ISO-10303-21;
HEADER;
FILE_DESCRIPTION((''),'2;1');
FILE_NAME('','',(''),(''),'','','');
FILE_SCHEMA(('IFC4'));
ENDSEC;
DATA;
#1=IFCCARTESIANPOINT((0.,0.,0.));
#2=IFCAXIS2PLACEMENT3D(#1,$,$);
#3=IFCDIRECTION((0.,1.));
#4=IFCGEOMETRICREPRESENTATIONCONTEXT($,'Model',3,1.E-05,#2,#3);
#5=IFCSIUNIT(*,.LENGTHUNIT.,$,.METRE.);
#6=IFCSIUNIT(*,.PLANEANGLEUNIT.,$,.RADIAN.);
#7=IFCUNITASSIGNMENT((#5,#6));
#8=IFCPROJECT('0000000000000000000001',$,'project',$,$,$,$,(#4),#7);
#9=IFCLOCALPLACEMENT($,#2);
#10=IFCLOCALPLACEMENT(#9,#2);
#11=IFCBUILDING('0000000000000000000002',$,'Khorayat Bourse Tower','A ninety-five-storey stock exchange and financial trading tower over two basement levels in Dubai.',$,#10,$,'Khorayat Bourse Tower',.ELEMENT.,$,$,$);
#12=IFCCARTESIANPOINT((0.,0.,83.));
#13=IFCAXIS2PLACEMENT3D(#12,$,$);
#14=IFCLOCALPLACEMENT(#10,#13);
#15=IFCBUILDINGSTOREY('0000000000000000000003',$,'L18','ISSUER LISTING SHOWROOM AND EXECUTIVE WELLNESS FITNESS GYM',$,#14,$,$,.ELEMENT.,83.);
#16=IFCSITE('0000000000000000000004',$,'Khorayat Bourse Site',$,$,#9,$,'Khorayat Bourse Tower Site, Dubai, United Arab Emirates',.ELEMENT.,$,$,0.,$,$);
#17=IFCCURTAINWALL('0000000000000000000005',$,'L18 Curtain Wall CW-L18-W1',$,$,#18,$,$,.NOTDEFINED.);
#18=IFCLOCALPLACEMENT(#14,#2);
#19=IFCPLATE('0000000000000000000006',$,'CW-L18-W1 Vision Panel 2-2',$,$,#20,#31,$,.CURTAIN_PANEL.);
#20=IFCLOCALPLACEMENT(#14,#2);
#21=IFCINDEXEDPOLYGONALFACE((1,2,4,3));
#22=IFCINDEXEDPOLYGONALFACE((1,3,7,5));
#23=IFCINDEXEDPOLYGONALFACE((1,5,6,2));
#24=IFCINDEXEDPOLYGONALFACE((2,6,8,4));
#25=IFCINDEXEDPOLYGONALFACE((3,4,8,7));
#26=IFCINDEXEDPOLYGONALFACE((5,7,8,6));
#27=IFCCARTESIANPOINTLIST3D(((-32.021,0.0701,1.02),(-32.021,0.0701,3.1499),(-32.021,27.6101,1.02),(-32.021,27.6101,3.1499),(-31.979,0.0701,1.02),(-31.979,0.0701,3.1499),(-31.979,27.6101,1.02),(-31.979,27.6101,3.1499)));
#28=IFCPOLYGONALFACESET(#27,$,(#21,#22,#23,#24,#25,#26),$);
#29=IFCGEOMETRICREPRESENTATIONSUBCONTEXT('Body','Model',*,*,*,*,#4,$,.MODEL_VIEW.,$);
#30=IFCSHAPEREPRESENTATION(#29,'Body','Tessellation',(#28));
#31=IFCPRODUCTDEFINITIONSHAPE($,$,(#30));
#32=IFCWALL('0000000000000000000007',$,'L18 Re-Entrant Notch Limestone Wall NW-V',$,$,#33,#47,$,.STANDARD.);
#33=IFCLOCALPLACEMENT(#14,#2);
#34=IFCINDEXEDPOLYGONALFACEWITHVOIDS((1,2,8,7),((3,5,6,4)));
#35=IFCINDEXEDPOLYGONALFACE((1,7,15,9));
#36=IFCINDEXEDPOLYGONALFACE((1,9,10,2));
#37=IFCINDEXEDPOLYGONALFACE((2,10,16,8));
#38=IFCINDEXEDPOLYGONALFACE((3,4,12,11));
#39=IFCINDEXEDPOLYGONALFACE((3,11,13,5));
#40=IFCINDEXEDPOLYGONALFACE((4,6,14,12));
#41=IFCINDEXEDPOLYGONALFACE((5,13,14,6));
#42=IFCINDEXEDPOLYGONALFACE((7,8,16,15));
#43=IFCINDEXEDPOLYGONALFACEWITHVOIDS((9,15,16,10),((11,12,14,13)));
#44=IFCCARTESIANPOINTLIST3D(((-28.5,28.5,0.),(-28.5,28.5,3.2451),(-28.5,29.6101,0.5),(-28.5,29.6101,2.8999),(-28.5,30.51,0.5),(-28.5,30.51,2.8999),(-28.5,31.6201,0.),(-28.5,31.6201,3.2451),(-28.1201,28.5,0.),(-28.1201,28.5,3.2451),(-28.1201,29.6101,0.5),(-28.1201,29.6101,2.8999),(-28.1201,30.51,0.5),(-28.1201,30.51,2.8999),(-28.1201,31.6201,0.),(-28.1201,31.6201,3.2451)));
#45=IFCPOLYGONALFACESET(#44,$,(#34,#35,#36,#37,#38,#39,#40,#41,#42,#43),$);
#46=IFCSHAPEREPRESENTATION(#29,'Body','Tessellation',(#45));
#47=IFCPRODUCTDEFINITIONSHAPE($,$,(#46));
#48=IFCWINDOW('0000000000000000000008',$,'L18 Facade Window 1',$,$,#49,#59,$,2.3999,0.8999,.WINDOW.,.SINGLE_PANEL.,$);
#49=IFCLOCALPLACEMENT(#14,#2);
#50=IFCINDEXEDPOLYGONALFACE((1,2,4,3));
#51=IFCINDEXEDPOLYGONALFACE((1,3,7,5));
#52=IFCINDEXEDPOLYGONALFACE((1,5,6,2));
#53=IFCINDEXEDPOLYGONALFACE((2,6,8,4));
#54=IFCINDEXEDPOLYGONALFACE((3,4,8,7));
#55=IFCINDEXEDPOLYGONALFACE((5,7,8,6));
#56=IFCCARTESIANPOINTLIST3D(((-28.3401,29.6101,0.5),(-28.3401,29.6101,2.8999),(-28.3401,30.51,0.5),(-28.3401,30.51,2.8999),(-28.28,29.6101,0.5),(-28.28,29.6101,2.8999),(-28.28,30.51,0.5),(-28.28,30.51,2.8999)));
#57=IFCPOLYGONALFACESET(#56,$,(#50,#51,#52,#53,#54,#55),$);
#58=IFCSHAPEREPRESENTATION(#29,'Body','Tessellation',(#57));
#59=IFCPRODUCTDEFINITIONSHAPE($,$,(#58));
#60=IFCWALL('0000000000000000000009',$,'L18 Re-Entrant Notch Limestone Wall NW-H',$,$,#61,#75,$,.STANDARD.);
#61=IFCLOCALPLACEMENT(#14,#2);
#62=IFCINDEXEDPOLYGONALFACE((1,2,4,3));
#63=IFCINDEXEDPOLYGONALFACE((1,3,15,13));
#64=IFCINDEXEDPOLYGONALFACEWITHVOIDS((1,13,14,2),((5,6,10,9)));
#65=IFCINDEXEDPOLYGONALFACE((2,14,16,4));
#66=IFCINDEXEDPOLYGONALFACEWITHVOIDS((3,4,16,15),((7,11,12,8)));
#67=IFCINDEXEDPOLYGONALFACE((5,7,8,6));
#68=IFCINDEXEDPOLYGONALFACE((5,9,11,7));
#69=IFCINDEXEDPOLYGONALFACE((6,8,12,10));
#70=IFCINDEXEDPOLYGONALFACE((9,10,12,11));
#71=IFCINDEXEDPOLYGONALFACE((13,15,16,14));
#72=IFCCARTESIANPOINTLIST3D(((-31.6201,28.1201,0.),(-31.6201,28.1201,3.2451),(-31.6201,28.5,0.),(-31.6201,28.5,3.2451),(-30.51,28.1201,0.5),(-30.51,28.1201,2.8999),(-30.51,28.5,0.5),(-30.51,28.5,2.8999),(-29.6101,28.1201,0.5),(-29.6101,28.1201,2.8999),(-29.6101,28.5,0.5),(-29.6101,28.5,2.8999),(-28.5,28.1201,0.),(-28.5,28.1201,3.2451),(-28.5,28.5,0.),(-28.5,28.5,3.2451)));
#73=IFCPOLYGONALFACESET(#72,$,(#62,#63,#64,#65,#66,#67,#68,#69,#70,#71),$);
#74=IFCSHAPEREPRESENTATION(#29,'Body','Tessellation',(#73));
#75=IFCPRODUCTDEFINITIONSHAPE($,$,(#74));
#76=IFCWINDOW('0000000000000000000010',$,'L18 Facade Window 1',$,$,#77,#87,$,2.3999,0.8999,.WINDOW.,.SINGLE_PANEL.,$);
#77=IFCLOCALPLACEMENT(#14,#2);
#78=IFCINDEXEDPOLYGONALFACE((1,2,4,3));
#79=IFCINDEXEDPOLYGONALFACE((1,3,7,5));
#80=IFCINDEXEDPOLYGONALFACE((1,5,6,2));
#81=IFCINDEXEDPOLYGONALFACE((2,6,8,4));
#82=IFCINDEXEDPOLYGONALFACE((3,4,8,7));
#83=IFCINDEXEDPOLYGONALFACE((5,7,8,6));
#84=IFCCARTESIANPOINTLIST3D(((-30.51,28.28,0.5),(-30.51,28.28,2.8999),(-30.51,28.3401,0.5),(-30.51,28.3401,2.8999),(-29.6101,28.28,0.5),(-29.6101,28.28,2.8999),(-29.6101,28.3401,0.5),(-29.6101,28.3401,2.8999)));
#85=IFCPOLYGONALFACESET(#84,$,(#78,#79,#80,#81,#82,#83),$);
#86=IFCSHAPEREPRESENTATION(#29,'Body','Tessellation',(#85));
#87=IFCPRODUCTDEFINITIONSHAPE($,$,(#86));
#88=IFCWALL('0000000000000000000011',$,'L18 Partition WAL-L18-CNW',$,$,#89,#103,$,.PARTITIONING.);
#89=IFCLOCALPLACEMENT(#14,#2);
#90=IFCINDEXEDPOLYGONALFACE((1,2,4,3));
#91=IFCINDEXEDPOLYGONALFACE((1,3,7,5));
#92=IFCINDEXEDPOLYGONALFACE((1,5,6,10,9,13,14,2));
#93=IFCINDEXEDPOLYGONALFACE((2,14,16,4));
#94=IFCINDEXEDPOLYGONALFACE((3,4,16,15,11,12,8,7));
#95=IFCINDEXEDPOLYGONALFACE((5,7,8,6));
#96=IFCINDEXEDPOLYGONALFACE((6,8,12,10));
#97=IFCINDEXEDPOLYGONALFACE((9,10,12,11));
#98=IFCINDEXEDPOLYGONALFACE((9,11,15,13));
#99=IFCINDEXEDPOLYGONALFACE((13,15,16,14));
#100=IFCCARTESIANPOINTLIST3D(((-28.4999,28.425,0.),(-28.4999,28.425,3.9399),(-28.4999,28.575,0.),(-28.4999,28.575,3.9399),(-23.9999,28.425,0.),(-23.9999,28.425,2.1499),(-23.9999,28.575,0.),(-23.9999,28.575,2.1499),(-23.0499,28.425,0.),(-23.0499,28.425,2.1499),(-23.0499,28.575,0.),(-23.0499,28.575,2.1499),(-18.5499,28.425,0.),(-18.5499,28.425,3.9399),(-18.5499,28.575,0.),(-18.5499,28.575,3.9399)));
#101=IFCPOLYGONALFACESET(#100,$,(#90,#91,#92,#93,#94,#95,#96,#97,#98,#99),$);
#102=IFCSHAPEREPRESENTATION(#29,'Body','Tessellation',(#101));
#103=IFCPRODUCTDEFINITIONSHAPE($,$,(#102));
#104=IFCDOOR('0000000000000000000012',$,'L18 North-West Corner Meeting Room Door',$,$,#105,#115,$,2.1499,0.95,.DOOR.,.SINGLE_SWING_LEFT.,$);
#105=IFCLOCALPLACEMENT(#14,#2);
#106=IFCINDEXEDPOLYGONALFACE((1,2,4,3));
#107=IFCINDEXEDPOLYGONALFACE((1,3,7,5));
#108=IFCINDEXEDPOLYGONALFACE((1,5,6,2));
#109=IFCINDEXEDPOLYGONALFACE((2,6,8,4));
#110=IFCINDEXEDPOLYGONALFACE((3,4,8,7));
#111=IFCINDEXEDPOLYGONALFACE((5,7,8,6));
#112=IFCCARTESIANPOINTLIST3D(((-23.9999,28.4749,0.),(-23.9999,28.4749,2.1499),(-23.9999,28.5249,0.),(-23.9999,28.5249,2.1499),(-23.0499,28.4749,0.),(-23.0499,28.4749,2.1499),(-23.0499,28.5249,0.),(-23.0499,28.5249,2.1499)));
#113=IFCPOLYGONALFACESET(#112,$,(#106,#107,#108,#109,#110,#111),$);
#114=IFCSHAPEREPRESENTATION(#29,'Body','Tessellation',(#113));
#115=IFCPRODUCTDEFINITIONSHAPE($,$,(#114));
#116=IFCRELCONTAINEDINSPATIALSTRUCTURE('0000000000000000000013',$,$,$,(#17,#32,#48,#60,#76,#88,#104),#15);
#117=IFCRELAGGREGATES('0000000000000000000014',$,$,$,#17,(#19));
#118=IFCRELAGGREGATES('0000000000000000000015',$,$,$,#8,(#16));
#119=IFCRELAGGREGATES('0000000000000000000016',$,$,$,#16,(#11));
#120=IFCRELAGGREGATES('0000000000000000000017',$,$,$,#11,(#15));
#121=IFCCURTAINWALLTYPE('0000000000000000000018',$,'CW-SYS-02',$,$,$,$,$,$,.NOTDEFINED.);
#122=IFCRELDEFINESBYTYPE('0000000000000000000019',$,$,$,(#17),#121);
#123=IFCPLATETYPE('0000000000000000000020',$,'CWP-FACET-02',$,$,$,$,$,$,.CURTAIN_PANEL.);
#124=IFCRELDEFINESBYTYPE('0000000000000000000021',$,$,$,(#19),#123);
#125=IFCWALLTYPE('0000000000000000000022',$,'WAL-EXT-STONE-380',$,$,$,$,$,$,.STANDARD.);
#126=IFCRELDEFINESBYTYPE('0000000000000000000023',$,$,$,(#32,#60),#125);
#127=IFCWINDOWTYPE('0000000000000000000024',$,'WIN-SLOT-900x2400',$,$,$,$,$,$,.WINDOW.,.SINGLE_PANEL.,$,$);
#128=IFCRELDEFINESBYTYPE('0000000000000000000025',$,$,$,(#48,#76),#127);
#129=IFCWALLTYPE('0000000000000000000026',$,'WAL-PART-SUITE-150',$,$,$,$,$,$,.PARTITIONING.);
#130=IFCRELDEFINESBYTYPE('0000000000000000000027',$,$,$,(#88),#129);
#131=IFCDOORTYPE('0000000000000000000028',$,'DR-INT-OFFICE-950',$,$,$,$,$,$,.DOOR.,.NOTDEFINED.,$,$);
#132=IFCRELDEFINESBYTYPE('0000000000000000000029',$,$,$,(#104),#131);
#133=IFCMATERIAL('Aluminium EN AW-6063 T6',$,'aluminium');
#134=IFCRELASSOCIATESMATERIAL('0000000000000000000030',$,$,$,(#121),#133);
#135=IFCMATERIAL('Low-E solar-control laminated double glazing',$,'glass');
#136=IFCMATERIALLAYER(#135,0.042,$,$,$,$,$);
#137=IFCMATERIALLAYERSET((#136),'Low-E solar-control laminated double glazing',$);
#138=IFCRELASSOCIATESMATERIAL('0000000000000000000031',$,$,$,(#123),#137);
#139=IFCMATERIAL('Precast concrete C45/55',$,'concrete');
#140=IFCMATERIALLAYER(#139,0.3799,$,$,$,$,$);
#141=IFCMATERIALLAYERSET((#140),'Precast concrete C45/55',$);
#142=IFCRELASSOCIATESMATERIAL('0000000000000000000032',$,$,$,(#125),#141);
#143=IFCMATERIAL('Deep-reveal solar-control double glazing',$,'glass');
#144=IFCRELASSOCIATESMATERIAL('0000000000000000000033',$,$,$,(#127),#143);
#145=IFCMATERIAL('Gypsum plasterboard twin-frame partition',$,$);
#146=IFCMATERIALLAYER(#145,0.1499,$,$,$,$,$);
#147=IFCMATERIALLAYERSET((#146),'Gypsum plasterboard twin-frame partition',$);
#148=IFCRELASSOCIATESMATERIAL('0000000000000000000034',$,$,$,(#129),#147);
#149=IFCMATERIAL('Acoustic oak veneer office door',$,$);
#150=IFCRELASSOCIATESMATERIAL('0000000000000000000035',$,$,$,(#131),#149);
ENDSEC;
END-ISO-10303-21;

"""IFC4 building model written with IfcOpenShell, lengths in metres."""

from ifc_helpers import new_model, si_unit, direction, frame, frame_2d, origin, origin_2d, place, context, subcontext, project, spatial, rectangle, extrude, source, transform, mapped, material, layer, layer_set, type_object, element, fill, aggregate, save


model = new_model("IFC4")

# Units and contexts
model_context = context("Model", 3, precision=1e-05, world=origin(), true_north=direction((0.0, 1.0)))
body_context = subcontext(model_context, "Body", "Model", "MODEL_VIEW")
ifc_project = project(units=[si_unit("LENGTHUNIT", "METRE"), si_unit("PLANEANGLEUNIT", "RADIAN")], contexts=[model_context])

# Site, building, storey
site_placement = place(None, origin())
site = spatial("IfcSite", under=ifc_project, at=site_placement, Name="Khorayat Bourse Site", LongName="Khorayat Bourse Tower Site, Dubai, United Arab Emirates", CompositionType="ELEMENT", RefElevation=0.0)
building_placement = place(site_placement, origin())
building = spatial("IfcBuilding", under=site, at=building_placement, Name="Khorayat Bourse Tower", Description="A ninety-five-storey stock exchange and financial trading tower over two basement levels in Dubai.", LongName="Khorayat Bourse Tower", CompositionType="ELEMENT")
storey_placement = place(building_placement, frame((0.0, 0.0, 83.0)))
storey = spatial("IfcBuildingStorey", under=building, at=storey_placement, Name="L18", Description="ISSUER LISTING SHOWROOM AND EXECUTIVE WELLNESS FITNESS GYM", CompositionType="ELEMENT", Elevation=83.0)

# Curtain wall
ifc_material_1 = material(Name="Aluminium EN AW-6063 T6", Category="aluminium")
curtain_wall_type = type_object("IfcCurtainWallType", Name="CW-SYS-02", PredefinedType="NOTDEFINED", material=ifc_material_1)
curtain_wall_1_placement = place(storey_placement, origin())
curtain_wall_1 = element("IfcCurtainWall", 1, at=curtain_wall_1_placement, inside=storey, type_object=curtain_wall_type, Name="L18 Curtain Wall CW-L18-W1", PredefinedType="NOTDEFINED")

# Plate
ifc_material_2 = material(Name="Low-E solar-control laminated double glazing", Category="glass")
ifc_layer_1 = layer(ifc_material_2, 0.042)
ifc_layer_set_1 = layer_set([ifc_layer_1], Name="Low-E solar-control laminated double glazing")
plate_type_1 = type_object("IfcPlateType", Name="CWP-FACET-02", PredefinedType="CURTAIN_PANEL", material=ifc_layer_set_1)
shared_shape_1 = source(origin(), body_context, "Body", "SweptSolid", [
    extrude(rectangle(XDim=27.54, YDim=0.042, at=origin_2d()), origin(), (0.0, 0.0, 1.0), 2.1299),
])
plate_1_placement = place(storey_placement, frame((-32.0, 13.8401, 1.02), z_axis=(0.0, 0.0, 1.0), x_axis=(0.0, 1.0, 0.0)))
plate_1 = element("IfcPlate", 2, at=plate_1_placement, type_object=plate_type_1, Name="CW-L18-W1 Vision Panel 2-2", PredefinedType="CURTAIN_PANEL", context=body_context, shape_type="MappedRepresentation", body=[
    mapped(shared_shape_1, transform((0.0, 0.0, 0.0), scale=1.0)),
])
aggregate(curtain_wall_1, [plate_1])

# Walls, openings, windows
ifc_material_3 = material(Name="Precast concrete C45/55", Category="concrete")
ifc_layer_2 = layer(ifc_material_3, 0.3799)
ifc_layer_set_2 = layer_set([ifc_layer_2], Name="Precast concrete C45/55")
wall_type_1 = type_object("IfcWallType", Name="WAL-EXT-STONE-380", PredefinedType="STANDARD", material=ifc_layer_set_2)
shared_shape_2 = source(origin(), body_context, "Body", "SweptSolid", [
    extrude(rectangle(XDim=3.1201, YDim=0.3799, at=frame_2d((1.5601, 0.0))), origin(), (0.0, 0.0, 1.0), 3.2451),
])
wall_1_placement = place(storey_placement, frame((-28.3101, 28.5, 0.0), z_axis=(0.0, 0.0, 1.0), x_axis=(0.0, 1.0, 0.0)))
wall_1 = element("IfcWall", 3, at=wall_1_placement, inside=storey, type_object=wall_type_1, Name="L18 Re-Entrant Notch Limestone Wall NW-V", PredefinedType="STANDARD", context=body_context, shape_type="MappedRepresentation", body=[
    mapped(shared_shape_2, transform((0.0, 0.0, 0.0), scale=1.0)),
])
shared_shape_3 = source(origin(), body_context, "Body", "SweptSolid", [
    extrude(rectangle(XDim=0.8999, YDim=2.3999, at=frame_2d((0.45, 1.2))), frame((0.0, 0.2, 0.0), z_axis=(0.0, -1.0, 0.0), x_axis=(1.0, 0.0, 0.0)), (0.0, 0.0, 1.0), 0.3999),
])
opening_1_placement = place(wall_1_placement, frame((1.1101, 0.0, 0.5)))
opening_1 = element("IfcOpeningElement", 4, at=opening_1_placement, cuts=wall_1, PredefinedType="OPENING", context=body_context, shape_type="MappedRepresentation", body=[
    mapped(shared_shape_3, transform((0.0, 0.0, 0.0), scale=1.0)),
])
ifc_material_4 = material(Name="Deep-reveal solar-control double glazing", Category="glass")
window_type = type_object("IfcWindowType", Name="WIN-SLOT-900x2400", PartitioningType="SINGLE_PANEL", PredefinedType="WINDOW", material=ifc_material_4)
shared_shape_4 = source(origin(), body_context, "Body", "SweptSolid", [
    extrude(rectangle(XDim=0.8999, YDim=2.3999, at=frame_2d((0.45, 1.2))), frame((0.0, 0.03, 0.0), z_axis=(0.0, -1.0, 0.0), x_axis=(1.0, 0.0, 0.0)), (0.0, 0.0, 1.0), 0.0601),
])
window_1_placement = place(opening_1_placement, origin())
window_1 = element("IfcWindow", 5, at=window_1_placement, inside=storey, type_object=window_type, Name="L18 Facade Window 1", OverallHeight=2.3999, OverallWidth=0.8999, PartitioningType="SINGLE_PANEL", PredefinedType="WINDOW", context=body_context, shape_type="MappedRepresentation", body=[
    mapped(shared_shape_4, transform((0.0, 0.0, 0.0), scale=1.0)),
])
fill(opening_1, window_1)
wall_2_placement = place(storey_placement, frame((-28.5, 28.3101, 0.0), z_axis=(0.0, 0.0, 1.0), x_axis=(-1.0, 0.0, 0.0)))
wall_2 = element("IfcWall", 6, at=wall_2_placement, inside=storey, type_object=wall_type_1, Name="L18 Re-Entrant Notch Limestone Wall NW-H", PredefinedType="STANDARD", context=body_context, shape_type="MappedRepresentation", body=[
    mapped(shared_shape_2, transform((0.0, 0.0, 0.0), scale=1.0)),
])
opening_2_placement = place(wall_2_placement, frame((1.1101, 0.0, 0.5)))
opening_2 = element("IfcOpeningElement", 7, at=opening_2_placement, cuts=wall_2, PredefinedType="OPENING", context=body_context, shape_type="MappedRepresentation", body=[
    mapped(shared_shape_3, transform((0.0, 0.0, 0.0), scale=1.0)),
])
window_2_placement = place(opening_2_placement, origin())
window_2 = element("IfcWindow", 8, at=window_2_placement, inside=storey, type_object=window_type, Name="L18 Facade Window 1", OverallHeight=2.3999, OverallWidth=0.8999, PartitioningType="SINGLE_PANEL", PredefinedType="WINDOW", context=body_context, shape_type="MappedRepresentation", body=[
    mapped(shared_shape_4, transform((0.0, 0.0, 0.0), scale=1.0)),
])
fill(opening_2, window_2)

# Wall, opening, door
ifc_material_5 = material(Name="Gypsum plasterboard twin-frame partition")
ifc_layer_3 = layer(ifc_material_5, 0.1499)
ifc_layer_set_3 = layer_set([ifc_layer_3], Name="Gypsum plasterboard twin-frame partition")
wall_type_2 = type_object("IfcWallType", Name="WAL-PART-SUITE-150", PredefinedType="PARTITIONING", material=ifc_layer_set_3)
shared_shape_5 = source(origin(), body_context, "Body", "SweptSolid", [
    extrude(rectangle(XDim=9.95, YDim=0.1499, at=frame_2d((4.9751, 0.0))), origin(), (0.0, 0.0, 1.0), 3.9399),
])
wall_3_placement = place(storey_placement, frame((-28.5, 28.5, 0.0), z_axis=(0.0, 0.0, 1.0), x_axis=(1.0, 0.0, 0.0)))
wall_3 = element("IfcWall", 9, at=wall_3_placement, inside=storey, type_object=wall_type_2, Name="L18 Partition WAL-L18-CNW", PredefinedType="PARTITIONING", context=body_context, shape_type="MappedRepresentation", body=[
    mapped(shared_shape_5, transform((0.0, 0.0, 0.0), scale=1.0)),
])
shared_shape_6 = source(origin(), body_context, "Body", "SweptSolid", [
    extrude(rectangle(XDim=0.95, YDim=2.1499, at=frame_2d((0.4751, 1.075))), frame((0.0, 0.085, 0.0), z_axis=(0.0, -1.0, 0.0), x_axis=(1.0, 0.0, 0.0)), (0.0, 0.0, 1.0), 0.1699),
])
opening_3_placement = place(wall_3_placement, frame((4.5, 0.0, 0.0)))
opening_3 = element("IfcOpeningElement", 10, at=opening_3_placement, cuts=wall_3, PredefinedType="OPENING", context=body_context, shape_type="MappedRepresentation", body=[
    mapped(shared_shape_6, transform((0.0, 0.0, 0.0), scale=1.0)),
])
ifc_material_6 = material(Name="Acoustic oak veneer office door")
door_type = type_object("IfcDoorType", Name="DR-INT-OFFICE-950", OperationType="NOTDEFINED", PredefinedType="DOOR", material=ifc_material_6)
shared_shape_7 = source(origin(), body_context, "Body", "SweptSolid", [
    extrude(rectangle(XDim=0.95, YDim=2.1499, at=frame_2d((0.4751, 1.075))), frame((0.0, 0.0249, 0.0), z_axis=(0.0, -1.0, 0.0), x_axis=(1.0, 0.0, 0.0)), (0.0, 0.0, 1.0), 0.05),
])
door_placement = place(opening_3_placement, origin())
door = element("IfcDoor", 11, at=door_placement, inside=storey, type_object=door_type, Name="L18 North-West Corner Meeting Room Door", OperationType="SINGLE_SWING_LEFT", OverallHeight=2.1499, OverallWidth=0.95, PredefinedType="DOOR", context=body_context, shape_type="MappedRepresentation", body=[
    mapped(shared_shape_7, transform((0.0, 0.0, 0.0), scale=1.0)),
])
fill(opening_3, door)

save(model, "model.ifc")
